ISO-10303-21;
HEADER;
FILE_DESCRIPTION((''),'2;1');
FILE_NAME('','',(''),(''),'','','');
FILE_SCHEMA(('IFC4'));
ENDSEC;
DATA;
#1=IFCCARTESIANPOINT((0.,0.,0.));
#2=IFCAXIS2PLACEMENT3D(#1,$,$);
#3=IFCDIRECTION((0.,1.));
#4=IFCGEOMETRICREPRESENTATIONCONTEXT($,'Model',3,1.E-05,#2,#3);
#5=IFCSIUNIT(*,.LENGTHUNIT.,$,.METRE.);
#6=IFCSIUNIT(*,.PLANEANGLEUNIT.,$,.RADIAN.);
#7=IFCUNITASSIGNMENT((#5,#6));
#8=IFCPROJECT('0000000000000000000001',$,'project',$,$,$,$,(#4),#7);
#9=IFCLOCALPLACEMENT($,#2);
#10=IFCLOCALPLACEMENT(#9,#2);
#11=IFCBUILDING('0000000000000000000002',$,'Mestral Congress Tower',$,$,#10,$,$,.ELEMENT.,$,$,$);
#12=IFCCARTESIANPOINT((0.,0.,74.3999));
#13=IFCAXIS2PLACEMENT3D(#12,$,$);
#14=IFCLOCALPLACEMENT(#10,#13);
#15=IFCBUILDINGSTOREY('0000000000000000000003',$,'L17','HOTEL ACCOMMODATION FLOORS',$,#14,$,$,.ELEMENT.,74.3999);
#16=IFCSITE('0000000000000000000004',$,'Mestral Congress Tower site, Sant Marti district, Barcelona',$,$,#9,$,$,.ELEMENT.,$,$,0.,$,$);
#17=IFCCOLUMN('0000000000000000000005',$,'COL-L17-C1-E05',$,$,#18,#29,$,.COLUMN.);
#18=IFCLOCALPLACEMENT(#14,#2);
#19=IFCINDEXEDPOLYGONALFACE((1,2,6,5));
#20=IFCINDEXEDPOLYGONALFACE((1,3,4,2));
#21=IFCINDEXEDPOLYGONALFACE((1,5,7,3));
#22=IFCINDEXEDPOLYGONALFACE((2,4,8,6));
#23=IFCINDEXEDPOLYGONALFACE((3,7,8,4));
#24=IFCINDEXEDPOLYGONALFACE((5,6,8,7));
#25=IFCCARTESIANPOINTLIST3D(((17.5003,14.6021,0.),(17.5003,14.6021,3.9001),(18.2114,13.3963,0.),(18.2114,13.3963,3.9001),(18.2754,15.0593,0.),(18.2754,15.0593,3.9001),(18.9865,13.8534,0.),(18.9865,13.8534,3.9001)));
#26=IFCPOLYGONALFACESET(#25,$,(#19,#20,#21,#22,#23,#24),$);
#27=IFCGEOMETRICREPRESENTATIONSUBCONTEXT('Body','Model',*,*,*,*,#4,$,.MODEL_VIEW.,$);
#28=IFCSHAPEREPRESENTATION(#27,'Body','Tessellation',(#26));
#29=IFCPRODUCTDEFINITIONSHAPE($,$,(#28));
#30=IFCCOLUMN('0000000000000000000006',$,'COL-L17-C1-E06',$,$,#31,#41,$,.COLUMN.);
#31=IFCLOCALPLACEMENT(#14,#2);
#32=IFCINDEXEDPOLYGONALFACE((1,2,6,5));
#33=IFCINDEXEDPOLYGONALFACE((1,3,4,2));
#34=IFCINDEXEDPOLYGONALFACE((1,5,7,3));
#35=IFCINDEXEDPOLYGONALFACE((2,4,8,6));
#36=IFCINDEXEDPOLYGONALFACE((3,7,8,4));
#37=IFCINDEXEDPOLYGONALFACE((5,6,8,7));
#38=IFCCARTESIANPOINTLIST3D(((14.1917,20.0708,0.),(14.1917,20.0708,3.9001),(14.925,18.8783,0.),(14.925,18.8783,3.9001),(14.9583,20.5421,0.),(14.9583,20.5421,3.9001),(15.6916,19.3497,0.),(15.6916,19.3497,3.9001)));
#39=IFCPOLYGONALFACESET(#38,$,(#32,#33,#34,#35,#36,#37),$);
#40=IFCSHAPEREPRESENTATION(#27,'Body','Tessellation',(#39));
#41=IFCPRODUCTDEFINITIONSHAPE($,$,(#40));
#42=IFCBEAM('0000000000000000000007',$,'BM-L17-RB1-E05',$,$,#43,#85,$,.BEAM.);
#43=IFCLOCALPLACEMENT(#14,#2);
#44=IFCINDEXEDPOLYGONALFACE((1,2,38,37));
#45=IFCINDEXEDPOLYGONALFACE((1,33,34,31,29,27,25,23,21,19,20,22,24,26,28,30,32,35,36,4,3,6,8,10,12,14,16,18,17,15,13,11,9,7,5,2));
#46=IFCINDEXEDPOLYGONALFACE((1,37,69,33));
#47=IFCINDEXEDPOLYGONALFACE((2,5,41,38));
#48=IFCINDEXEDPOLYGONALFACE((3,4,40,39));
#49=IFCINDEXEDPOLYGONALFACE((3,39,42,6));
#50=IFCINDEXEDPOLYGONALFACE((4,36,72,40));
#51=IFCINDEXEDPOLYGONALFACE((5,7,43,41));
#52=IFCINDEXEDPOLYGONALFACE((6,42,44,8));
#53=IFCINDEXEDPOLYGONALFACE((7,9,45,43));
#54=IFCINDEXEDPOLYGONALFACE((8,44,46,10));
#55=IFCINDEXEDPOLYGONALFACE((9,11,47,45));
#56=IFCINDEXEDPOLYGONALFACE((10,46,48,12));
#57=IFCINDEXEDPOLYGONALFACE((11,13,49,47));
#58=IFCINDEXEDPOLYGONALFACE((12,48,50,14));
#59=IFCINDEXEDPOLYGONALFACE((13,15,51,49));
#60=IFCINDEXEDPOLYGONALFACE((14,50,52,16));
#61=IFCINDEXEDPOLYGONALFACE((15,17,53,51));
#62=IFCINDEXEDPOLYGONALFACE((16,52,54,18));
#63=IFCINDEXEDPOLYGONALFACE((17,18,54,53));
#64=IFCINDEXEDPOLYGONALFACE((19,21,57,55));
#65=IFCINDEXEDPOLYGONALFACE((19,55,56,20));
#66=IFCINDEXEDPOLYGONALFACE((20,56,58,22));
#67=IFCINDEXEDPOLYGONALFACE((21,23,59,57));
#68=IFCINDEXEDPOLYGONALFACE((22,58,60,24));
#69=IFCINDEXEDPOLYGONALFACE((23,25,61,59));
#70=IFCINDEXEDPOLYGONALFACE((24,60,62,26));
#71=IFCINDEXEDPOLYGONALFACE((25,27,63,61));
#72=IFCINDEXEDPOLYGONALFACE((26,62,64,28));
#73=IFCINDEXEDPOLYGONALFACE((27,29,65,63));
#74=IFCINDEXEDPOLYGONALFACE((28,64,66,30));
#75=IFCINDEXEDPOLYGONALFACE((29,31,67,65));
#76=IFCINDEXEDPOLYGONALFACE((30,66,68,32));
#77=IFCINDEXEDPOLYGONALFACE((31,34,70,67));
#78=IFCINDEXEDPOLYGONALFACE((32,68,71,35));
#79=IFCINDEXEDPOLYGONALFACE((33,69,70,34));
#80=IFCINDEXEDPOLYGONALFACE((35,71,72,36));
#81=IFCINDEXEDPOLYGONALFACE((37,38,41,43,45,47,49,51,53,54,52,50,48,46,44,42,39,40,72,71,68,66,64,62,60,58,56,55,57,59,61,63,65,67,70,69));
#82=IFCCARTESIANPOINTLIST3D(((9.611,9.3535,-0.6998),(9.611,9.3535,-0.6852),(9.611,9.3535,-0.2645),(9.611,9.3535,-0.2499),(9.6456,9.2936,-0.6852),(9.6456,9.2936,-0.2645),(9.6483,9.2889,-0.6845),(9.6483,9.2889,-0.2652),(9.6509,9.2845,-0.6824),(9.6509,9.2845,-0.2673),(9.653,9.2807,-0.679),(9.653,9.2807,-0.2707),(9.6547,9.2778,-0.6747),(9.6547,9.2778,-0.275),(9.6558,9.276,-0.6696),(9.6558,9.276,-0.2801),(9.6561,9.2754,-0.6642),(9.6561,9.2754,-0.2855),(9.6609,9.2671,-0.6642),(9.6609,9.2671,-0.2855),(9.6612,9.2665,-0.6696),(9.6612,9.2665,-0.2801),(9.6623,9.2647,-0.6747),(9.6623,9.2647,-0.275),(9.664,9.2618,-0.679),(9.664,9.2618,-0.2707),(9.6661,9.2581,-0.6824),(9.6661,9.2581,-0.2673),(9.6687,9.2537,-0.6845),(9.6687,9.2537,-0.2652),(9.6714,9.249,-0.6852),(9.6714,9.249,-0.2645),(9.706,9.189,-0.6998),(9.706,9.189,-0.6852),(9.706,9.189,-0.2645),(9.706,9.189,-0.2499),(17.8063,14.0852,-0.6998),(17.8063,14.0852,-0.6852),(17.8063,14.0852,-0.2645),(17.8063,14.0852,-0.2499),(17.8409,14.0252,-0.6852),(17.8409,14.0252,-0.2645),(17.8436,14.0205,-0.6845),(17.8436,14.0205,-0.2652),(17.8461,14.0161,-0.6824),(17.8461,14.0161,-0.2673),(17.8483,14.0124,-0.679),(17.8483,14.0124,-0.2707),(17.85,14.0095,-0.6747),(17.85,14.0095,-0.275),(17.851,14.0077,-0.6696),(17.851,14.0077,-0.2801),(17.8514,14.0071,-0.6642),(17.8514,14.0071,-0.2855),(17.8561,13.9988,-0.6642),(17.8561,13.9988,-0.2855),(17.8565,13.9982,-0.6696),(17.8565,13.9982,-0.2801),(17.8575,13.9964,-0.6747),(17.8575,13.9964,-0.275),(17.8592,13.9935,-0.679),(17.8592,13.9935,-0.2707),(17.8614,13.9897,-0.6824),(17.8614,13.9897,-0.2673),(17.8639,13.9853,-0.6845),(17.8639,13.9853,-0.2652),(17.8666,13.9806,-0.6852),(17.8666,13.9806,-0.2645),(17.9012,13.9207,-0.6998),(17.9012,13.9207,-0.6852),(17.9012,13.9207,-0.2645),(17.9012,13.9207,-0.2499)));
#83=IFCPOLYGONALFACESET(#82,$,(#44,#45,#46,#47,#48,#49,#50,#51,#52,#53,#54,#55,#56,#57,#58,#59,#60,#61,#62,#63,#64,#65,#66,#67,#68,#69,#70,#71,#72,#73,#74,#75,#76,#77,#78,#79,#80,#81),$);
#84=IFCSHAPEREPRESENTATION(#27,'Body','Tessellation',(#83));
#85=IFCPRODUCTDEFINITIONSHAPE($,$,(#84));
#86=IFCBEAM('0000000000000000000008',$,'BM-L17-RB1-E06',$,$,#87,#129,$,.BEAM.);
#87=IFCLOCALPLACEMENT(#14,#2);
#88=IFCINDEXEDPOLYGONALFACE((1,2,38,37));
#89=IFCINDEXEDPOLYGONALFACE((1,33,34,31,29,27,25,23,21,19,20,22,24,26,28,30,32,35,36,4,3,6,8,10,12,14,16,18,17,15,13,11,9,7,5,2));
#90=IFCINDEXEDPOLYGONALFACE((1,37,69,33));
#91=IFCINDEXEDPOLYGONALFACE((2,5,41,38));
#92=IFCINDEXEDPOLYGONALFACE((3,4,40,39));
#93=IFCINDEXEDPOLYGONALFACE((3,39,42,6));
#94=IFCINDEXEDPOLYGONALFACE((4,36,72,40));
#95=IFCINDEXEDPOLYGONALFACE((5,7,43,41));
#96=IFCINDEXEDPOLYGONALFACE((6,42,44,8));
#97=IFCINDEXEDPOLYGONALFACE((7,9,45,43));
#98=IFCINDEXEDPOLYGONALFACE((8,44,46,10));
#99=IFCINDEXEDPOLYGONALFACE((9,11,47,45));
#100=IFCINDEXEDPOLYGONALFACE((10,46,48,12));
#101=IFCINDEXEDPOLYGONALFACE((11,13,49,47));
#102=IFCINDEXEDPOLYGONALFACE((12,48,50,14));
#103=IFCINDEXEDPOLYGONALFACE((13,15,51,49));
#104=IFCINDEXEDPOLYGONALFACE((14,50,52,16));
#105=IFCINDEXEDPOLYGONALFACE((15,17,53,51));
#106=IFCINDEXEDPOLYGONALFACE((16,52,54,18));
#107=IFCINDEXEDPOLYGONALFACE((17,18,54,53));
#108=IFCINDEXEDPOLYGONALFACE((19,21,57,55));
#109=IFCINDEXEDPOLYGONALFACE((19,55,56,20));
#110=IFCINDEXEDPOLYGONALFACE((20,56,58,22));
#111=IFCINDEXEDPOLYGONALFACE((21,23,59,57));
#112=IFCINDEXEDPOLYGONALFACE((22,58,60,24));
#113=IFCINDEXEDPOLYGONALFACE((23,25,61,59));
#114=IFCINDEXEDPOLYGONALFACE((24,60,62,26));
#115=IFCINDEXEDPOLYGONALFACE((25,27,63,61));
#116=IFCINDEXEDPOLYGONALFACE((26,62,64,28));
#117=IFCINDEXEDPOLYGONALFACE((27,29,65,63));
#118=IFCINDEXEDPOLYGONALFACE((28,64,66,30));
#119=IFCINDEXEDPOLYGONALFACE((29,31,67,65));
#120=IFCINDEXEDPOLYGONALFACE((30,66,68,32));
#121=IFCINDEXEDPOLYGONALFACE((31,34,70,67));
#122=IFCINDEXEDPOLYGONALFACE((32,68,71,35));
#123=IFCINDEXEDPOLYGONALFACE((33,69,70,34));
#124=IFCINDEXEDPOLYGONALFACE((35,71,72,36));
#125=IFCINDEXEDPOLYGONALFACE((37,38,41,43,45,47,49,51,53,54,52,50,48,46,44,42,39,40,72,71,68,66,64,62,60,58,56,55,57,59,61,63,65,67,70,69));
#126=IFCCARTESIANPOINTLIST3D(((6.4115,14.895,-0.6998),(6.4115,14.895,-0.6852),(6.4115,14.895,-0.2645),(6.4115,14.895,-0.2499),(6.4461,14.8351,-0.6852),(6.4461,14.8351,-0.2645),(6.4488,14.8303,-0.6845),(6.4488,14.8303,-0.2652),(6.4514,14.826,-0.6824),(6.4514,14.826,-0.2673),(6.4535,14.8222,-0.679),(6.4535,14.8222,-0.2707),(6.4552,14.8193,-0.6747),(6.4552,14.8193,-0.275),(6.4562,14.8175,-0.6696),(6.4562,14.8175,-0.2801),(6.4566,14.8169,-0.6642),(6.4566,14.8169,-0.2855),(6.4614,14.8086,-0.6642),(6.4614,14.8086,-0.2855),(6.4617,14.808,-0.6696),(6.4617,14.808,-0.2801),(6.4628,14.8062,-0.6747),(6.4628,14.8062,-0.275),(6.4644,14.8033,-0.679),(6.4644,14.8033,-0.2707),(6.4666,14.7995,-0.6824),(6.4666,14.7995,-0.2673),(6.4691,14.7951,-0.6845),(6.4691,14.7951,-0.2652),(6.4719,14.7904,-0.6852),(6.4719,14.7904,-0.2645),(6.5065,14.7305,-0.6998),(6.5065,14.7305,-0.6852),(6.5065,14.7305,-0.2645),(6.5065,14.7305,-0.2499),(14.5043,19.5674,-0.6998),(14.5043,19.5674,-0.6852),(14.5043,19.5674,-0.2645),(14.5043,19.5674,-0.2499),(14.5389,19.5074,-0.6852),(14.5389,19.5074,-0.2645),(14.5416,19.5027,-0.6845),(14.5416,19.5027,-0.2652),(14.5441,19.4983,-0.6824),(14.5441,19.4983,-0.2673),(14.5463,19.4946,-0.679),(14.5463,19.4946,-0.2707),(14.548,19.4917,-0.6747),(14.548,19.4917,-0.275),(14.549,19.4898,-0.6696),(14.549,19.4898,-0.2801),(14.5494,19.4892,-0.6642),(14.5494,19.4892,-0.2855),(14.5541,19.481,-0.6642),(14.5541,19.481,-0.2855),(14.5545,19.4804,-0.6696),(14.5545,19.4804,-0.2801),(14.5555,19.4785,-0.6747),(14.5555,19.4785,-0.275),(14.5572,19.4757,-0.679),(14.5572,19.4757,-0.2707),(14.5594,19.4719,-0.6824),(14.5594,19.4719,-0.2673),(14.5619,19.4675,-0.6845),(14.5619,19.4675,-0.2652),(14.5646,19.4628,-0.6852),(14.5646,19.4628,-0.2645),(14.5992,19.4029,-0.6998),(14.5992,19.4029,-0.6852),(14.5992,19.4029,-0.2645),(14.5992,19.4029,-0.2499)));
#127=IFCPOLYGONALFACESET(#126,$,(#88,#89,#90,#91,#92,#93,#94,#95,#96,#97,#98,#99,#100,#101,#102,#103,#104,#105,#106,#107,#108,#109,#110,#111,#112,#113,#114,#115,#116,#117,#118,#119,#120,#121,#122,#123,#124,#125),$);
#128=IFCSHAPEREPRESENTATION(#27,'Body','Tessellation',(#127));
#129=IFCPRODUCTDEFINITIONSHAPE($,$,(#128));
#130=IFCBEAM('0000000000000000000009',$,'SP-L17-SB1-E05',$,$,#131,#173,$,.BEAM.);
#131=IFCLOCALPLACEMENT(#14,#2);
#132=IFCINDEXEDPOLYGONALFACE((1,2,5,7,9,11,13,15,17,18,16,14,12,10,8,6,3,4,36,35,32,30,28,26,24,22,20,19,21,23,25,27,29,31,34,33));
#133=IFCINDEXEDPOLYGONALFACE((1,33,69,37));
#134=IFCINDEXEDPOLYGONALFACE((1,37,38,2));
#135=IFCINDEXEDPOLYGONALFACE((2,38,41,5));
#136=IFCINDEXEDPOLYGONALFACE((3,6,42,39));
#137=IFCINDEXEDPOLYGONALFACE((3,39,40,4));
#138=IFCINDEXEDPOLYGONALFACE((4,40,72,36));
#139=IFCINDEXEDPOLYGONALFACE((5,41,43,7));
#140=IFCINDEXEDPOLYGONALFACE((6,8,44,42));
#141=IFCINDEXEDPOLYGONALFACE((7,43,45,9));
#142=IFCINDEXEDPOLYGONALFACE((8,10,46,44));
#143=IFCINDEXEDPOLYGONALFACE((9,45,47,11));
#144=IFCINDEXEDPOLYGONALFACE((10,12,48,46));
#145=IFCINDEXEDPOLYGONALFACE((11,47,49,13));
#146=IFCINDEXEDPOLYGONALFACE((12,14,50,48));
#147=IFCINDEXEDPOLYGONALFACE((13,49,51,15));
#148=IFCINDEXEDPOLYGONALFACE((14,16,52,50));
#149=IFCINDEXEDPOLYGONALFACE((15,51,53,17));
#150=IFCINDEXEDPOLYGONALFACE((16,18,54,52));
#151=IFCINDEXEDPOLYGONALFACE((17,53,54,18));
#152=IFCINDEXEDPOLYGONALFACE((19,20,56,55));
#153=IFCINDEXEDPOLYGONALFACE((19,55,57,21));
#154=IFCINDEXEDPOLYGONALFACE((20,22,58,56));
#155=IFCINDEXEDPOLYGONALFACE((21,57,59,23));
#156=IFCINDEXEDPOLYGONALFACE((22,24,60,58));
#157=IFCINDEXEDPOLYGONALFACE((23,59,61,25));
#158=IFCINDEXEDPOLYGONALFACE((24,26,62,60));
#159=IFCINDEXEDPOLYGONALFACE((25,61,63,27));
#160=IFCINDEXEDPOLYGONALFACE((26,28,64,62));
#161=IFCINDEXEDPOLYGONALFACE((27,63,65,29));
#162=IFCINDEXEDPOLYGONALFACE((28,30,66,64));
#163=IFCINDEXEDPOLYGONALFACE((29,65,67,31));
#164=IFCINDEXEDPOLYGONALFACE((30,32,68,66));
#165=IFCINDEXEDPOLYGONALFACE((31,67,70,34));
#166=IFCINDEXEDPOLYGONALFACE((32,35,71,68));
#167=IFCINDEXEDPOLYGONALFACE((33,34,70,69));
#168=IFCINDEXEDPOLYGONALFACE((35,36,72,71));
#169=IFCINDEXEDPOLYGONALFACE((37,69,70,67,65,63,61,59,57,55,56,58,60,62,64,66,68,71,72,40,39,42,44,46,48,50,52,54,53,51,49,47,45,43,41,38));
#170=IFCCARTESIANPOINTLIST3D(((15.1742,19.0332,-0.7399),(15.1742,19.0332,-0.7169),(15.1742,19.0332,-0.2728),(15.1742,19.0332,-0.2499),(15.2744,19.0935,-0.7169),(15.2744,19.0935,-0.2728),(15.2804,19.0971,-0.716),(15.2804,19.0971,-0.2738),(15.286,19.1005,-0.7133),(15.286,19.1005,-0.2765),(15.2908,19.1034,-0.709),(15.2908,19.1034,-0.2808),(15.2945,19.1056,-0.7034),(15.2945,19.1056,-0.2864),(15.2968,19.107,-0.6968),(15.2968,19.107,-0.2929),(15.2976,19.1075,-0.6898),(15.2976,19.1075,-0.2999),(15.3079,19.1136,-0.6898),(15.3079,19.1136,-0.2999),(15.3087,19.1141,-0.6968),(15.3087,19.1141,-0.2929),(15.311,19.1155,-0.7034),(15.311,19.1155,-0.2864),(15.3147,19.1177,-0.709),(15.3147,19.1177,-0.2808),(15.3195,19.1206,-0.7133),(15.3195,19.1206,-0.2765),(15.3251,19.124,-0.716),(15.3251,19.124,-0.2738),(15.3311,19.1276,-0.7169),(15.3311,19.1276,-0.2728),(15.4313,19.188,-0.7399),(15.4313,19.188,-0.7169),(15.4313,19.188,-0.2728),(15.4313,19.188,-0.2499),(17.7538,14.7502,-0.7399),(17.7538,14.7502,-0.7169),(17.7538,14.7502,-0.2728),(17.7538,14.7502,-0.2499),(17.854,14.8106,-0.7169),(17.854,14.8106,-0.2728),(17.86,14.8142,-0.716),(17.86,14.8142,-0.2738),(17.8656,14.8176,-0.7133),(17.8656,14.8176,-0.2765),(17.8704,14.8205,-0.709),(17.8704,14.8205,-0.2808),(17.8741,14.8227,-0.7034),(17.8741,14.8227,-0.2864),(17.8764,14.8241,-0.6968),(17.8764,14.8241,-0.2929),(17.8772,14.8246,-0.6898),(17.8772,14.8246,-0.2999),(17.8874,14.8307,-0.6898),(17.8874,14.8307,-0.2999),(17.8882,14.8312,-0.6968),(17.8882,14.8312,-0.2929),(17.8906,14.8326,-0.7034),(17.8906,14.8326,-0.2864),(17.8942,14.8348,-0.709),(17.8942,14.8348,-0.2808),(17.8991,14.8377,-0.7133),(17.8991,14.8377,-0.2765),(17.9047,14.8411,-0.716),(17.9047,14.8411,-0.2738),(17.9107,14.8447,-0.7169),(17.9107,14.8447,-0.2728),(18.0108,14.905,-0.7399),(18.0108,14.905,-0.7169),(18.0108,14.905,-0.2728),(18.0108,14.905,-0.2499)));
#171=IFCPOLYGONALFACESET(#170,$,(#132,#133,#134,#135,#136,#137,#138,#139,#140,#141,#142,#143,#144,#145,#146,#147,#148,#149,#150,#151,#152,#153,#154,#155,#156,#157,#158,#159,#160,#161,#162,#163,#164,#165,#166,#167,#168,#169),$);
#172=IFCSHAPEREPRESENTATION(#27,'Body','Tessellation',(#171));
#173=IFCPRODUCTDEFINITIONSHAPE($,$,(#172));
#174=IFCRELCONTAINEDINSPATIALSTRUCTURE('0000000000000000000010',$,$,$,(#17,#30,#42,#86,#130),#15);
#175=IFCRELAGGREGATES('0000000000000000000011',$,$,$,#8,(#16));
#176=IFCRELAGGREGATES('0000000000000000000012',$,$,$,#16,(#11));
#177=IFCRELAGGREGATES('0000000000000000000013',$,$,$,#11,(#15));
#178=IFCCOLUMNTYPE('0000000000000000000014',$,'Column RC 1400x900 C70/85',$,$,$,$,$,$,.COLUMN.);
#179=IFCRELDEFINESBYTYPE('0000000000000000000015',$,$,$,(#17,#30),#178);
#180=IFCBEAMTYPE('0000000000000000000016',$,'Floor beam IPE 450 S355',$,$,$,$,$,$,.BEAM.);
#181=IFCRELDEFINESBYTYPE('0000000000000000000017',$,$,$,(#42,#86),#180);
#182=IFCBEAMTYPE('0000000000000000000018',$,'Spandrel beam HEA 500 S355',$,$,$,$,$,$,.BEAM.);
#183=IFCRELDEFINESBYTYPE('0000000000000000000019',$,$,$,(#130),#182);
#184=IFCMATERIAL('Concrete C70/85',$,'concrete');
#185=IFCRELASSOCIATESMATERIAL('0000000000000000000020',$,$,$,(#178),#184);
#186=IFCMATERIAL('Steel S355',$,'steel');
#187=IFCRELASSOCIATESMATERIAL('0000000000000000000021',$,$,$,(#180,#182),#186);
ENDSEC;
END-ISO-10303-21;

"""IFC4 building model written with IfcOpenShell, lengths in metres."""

from ifc_helpers import new_model, si_unit, direction, frame, origin, origin_2d, place, context, subcontext, project, spatial, rectangle, i_section, extrude, material, material_profile, profile_set, type_object, element, save


model = new_model("IFC4")

# Units and contexts
model_context = context("Model", 3, precision=1e-05, world=origin(), true_north=direction((0.0, 1.0)))
body_context = subcontext(model_context, "Body", "Model", "MODEL_VIEW")
ifc_project = project(units=[si_unit("LENGTHUNIT", "METRE"), si_unit("PLANEANGLEUNIT", "RADIAN")], contexts=[model_context])

# Site, building, storey
site_placement = place(None, origin())
site = spatial("IfcSite", under=ifc_project, at=site_placement, Name="Mestral Congress Tower site, Sant Marti district, Barcelona", CompositionType="ELEMENT", RefElevation=0.0)
building_placement = place(site_placement, origin())
building = spatial("IfcBuilding", under=site, at=building_placement, Name="Mestral Congress Tower", CompositionType="ELEMENT")
storey_placement = place(building_placement, frame((0.0, 0.0, 74.3999)))
storey = spatial("IfcBuildingStorey", under=building, at=storey_placement, Name="L17", Description="HOTEL ACCOMMODATION FLOORS", CompositionType="ELEMENT", Elevation=74.3999)

# Columns
ifc_material_1 = material(Name="Concrete C70/85", Category="concrete")
ifc_material_profile_1 = material_profile(ifc_material_1, rectangle(XDim=1.3999, YDim=0.8999, at=origin_2d()), Name="RC 1400x900")
ifc_profile_set_1 = profile_set([ifc_material_profile_1], Name="Concrete C70/85")
column_type = type_object("IfcColumnType", Name="Column RC 1400x900 C70/85", PredefinedType="COLUMN", material=ifc_profile_set_1)
for number, where, z_axis, x_axis, name in (
    (1, (18.2434, 14.2278, 0.0), (0.0, 0.0, 1.0), (-0.507983, 0.861367, 0.0), "COL-L17-C1-E05"),
    (2, (14.9417, 19.7102, 0.0), (0.0, 0.0, 1.0), (-0.523819, 0.851829, 0.0), "COL-L17-C1-E06"),
):
    element("IfcColumn", number, at=place(storey_placement, frame(where, z_axis=z_axis, x_axis=x_axis)), inside=storey, type_object=column_type, Name=name, PredefinedType="COLUMN", context=body_context, shape_type="SweptSolid", body=[
        extrude(rectangle(XDim=1.3999, YDim=0.8999, at=origin_2d()), origin(), (0.0, 0.0, 1.0), 3.9001),
    ])

# Beams
ifc_material_2 = material(Name="Steel S355", Category="steel")
ifc_material_profile_2 = material_profile(ifc_material_2, i_section(OverallWidth=0.1899, OverallDepth=0.45, WebThickness=0.0095, FlangeThickness=0.0146, FilletRadius=0.021, at=origin_2d()), Name="IPE 450")
ifc_profile_set_2 = profile_set([ifc_material_profile_2], Name="Steel S355")
beam_type_1 = type_object("IfcBeamType", Name="Floor beam IPE 450 S355", PredefinedType="BEAM", material=ifc_profile_set_2)
beam_1_placement = place(storey_placement, frame((17.8538, 14.0029, -0.4749), z_axis=(-0.86602, -0.50001, 0.0), x_axis=(0.50001, -0.86602, 0.0)))
element("IfcBeam", 3, at=beam_1_placement, inside=storey, type_object=beam_type_1, Name="BM-L17-RB1-E05", PredefinedType="BEAM", context=body_context, shape_type="SweptSolid", body=[
    extrude(i_section(OverallWidth=0.1899, OverallDepth=0.45, WebThickness=0.0095, FlangeThickness=0.0146, FilletRadius=0.021, at=origin_2d()), origin(), (0.0, 0.0, 1.0), 9.4631),
])
beam_2_placement = place(storey_placement, frame((14.5518, 19.4851, -0.4749), z_axis=(-0.866025, -0.5, 0.0), x_axis=(0.5, -0.866025, 0.0)))
element("IfcBeam", 4, at=beam_2_placement, inside=storey, type_object=beam_type_1, Name="BM-L17-RB1-E06", PredefinedType="BEAM", context=body_context, shape_type="SweptSolid", body=[
    extrude(i_section(OverallWidth=0.1899, OverallDepth=0.45, WebThickness=0.0095, FlangeThickness=0.0146, FilletRadius=0.021, at=origin_2d()), origin(), (0.0, 0.0, 1.0), 9.3447),
])
ifc_material_profile_3 = material_profile(ifc_material_2, i_section(OverallWidth=0.3, OverallDepth=0.49, WebThickness=0.012, FlangeThickness=0.0229, FilletRadius=0.0271, at=origin_2d()), Name="HEA 500")
ifc_profile_set_3 = profile_set([ifc_material_profile_3], Name="Steel S355")
beam_type_2 = type_object("IfcBeamType", Name="Spandrel beam HEA 500 S355", PredefinedType="BEAM", material=ifc_profile_set_3)
for number, where, z_axis, x_axis, name in (
    (5, (17.8823, 14.8276, -0.4949), (-0.515938, 0.856626, 0.0), (-0.856626, -0.515938, 0.0), "SP-L17-SB1-E05"),
):
    element("IfcBeam", number, at=place(storey_placement, frame(where, z_axis=z_axis, x_axis=x_axis)), inside=storey, type_object=beam_type_2, Name=name, PredefinedType="BEAM", context=body_context, shape_type="SweptSolid", body=[
        extrude(i_section(OverallWidth=0.3, OverallDepth=0.49, WebThickness=0.012, FlangeThickness=0.0229, FilletRadius=0.0271, at=origin_2d()), origin(), (0.0, 0.0, 1.0), 4.9998),
    ])

save(model, "model.ifc")
